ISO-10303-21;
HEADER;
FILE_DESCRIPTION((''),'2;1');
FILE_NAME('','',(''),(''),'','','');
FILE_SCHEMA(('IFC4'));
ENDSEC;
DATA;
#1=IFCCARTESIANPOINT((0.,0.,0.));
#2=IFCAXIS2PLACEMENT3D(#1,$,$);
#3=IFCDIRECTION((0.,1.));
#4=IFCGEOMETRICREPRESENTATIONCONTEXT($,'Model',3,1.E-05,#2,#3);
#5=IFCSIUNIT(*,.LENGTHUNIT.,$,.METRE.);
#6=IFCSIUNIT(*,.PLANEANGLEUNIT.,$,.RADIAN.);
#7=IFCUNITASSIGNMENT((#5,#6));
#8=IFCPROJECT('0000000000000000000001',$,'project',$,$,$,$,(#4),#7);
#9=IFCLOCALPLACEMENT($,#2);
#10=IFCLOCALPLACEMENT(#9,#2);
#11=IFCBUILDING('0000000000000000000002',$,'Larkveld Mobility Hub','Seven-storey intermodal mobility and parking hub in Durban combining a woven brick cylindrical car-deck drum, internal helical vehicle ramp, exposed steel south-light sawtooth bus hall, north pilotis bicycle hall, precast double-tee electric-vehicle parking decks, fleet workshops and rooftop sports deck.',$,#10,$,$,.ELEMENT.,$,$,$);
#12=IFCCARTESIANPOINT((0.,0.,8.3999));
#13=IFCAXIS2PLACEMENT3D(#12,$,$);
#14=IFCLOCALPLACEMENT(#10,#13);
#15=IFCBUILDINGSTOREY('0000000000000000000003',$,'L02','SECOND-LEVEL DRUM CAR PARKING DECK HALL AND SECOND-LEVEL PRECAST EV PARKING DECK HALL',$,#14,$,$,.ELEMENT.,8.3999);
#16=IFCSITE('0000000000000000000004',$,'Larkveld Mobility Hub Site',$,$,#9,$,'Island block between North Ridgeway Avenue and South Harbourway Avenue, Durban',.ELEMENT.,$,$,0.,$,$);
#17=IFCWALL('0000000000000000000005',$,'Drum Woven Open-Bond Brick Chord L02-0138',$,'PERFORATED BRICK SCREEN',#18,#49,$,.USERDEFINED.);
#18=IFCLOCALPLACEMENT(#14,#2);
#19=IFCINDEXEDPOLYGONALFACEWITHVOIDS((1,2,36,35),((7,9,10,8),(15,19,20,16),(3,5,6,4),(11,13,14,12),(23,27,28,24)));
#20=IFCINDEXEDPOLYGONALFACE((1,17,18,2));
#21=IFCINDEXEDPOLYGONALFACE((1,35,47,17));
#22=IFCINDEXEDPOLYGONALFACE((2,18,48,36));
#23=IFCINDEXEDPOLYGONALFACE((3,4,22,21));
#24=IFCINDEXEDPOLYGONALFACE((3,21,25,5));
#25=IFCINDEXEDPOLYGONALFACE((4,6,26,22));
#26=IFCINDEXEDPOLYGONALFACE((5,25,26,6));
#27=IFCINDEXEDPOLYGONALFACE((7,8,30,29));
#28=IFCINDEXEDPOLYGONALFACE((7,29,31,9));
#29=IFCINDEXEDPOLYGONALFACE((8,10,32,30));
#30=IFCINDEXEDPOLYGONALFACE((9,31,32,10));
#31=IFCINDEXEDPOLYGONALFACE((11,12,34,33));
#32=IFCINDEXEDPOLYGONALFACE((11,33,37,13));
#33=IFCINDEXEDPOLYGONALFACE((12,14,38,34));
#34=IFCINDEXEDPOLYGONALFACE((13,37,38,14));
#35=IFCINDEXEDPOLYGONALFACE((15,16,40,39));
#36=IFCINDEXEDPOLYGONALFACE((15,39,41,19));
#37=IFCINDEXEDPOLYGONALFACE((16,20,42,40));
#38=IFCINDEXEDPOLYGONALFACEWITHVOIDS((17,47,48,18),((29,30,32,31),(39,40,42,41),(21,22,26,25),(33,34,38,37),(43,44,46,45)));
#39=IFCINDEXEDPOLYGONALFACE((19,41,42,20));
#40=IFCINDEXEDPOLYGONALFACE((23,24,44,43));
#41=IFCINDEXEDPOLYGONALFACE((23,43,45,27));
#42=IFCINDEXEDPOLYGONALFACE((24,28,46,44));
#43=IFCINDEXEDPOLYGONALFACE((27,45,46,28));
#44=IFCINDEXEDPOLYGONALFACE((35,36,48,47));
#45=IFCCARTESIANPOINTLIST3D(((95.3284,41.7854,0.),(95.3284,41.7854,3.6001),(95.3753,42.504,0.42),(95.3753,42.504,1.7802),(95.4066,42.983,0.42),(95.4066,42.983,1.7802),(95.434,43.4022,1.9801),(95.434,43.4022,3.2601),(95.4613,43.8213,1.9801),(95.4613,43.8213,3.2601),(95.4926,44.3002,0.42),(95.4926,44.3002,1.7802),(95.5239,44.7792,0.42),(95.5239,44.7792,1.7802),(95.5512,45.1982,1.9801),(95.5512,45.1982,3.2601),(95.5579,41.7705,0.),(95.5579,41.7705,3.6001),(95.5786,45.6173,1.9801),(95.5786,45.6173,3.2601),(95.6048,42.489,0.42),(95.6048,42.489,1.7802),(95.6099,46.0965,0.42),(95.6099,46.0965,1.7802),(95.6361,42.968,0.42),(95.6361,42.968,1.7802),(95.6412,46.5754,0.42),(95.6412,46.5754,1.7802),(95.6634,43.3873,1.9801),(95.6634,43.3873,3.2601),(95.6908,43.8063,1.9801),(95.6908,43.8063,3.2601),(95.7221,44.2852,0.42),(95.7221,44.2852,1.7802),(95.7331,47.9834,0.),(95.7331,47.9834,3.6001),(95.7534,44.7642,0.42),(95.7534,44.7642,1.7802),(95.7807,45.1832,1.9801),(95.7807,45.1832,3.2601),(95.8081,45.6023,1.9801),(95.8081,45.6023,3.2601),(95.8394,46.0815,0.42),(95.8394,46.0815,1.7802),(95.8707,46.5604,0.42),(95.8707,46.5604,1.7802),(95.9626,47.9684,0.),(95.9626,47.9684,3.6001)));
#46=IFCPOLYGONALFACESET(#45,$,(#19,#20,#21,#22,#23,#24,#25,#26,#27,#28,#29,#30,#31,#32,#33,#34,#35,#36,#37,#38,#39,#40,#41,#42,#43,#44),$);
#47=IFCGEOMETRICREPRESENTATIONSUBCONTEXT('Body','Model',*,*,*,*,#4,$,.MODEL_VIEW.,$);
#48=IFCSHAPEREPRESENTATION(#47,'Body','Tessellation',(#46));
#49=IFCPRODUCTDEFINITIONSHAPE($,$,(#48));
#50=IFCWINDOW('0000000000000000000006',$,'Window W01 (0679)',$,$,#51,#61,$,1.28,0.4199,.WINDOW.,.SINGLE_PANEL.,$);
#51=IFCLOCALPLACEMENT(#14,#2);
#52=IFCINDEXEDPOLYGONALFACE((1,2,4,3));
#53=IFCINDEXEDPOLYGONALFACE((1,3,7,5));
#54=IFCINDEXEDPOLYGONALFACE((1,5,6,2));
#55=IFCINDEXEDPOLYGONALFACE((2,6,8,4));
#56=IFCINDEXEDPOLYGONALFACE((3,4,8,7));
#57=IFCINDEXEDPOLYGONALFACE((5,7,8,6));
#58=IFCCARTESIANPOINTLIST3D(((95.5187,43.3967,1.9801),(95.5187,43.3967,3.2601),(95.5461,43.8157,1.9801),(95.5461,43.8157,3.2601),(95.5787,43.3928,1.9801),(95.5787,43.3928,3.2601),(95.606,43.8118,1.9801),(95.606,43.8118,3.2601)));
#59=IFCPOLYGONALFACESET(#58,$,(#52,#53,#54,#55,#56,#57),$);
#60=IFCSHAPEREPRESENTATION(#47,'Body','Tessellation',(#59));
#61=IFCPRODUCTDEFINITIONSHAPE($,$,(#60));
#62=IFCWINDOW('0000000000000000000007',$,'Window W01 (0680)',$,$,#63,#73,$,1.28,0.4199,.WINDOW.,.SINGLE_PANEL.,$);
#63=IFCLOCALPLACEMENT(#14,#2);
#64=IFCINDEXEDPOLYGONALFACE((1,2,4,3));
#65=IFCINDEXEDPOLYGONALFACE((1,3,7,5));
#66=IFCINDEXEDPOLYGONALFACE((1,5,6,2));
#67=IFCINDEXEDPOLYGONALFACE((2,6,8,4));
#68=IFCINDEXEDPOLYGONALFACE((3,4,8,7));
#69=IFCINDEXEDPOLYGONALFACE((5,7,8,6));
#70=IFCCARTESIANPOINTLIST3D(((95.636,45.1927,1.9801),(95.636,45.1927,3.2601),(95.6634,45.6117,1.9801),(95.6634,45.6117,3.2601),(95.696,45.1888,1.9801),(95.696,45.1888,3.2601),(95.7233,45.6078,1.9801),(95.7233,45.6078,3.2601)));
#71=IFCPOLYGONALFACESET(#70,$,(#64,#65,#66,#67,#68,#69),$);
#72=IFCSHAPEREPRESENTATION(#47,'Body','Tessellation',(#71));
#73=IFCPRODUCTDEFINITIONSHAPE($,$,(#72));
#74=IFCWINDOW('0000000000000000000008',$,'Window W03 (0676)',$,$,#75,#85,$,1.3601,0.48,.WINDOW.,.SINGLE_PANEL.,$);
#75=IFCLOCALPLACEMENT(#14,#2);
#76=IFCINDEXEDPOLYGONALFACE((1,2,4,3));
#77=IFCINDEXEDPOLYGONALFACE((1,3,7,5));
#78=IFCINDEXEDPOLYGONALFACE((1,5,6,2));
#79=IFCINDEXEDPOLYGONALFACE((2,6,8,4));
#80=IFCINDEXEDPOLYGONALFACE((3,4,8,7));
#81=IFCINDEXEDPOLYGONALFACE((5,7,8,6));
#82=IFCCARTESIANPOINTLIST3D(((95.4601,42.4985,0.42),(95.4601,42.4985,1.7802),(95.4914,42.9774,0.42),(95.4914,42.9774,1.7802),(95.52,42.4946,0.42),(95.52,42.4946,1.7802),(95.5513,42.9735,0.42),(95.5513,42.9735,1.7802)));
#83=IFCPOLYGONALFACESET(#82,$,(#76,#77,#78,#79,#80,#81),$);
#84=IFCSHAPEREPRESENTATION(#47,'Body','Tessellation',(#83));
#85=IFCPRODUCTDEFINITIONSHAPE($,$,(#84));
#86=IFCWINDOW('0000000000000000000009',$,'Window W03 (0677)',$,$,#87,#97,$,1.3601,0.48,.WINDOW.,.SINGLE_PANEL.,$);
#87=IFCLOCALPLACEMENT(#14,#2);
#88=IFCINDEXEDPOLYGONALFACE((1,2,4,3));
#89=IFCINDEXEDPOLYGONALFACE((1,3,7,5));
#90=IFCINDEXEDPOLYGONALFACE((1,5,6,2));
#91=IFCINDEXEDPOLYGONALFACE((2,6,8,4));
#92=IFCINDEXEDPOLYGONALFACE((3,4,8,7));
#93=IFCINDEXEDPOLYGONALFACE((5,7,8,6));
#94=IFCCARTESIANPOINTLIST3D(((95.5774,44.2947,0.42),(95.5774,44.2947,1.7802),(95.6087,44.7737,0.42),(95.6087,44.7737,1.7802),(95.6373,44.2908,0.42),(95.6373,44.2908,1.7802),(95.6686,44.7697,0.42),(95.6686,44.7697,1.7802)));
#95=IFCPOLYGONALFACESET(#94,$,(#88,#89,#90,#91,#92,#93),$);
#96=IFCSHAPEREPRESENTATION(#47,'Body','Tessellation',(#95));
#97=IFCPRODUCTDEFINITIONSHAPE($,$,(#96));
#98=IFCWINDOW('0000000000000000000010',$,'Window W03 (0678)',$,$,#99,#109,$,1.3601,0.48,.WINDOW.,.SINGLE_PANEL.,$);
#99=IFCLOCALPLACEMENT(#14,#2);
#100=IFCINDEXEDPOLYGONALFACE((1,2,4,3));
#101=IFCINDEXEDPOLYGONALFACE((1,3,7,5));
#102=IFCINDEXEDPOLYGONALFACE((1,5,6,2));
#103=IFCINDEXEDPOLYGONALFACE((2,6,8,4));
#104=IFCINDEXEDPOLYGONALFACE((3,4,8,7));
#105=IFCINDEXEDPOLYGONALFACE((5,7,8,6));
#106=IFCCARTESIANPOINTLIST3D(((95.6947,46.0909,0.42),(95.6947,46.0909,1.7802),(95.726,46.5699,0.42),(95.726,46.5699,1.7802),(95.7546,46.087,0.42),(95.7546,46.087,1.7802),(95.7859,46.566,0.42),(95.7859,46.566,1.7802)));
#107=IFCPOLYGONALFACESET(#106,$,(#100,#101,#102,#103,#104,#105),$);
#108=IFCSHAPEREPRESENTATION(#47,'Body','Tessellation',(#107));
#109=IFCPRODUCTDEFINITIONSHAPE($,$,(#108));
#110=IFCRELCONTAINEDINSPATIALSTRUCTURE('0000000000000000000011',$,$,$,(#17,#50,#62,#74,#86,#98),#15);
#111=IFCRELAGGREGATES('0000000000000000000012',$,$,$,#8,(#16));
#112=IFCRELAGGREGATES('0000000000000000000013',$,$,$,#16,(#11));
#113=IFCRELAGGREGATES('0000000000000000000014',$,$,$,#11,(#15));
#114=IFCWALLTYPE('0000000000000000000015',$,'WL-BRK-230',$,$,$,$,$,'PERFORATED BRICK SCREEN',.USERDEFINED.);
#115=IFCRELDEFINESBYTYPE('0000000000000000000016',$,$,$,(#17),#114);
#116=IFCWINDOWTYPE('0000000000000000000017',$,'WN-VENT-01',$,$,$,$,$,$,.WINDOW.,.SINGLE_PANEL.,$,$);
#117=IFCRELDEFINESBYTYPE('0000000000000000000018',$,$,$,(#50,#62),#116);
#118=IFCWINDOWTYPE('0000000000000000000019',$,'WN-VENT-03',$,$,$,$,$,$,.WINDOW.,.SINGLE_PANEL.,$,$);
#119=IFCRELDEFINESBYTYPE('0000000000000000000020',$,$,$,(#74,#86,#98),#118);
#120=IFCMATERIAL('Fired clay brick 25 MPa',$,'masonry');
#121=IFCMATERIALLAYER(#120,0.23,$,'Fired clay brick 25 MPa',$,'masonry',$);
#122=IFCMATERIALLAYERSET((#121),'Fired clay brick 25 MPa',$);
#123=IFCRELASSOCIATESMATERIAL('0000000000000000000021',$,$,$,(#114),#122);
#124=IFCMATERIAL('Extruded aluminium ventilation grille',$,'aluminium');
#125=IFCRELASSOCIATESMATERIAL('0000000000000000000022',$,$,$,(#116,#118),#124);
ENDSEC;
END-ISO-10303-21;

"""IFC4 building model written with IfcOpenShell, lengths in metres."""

from ifc_helpers import new_model, si_unit, direction, frame, frame_2d, origin, place, context, subcontext, project, spatial, rectangle, extrude, material, layer, layer_set, type_object, element, fill, save


model = new_model("IFC4")

# Units and contexts
model_context = context("Model", 3, precision=1e-05, world=origin(), true_north=direction((0.0, 1.0)))
body_context = subcontext(model_context, "Body", "Model", "MODEL_VIEW")
ifc_project = project(units=[si_unit("LENGTHUNIT", "METRE"), si_unit("PLANEANGLEUNIT", "RADIAN")], contexts=[model_context])

# Site, building, storey
site_placement = place(None, origin())
site = spatial("IfcSite", under=ifc_project, at=site_placement, Name="Larkveld Mobility Hub Site", LongName="Island block between North Ridgeway Avenue and South Harbourway Avenue, Durban", CompositionType="ELEMENT", RefElevation=0.0)
building_placement = place(site_placement, origin())
building = spatial("IfcBuilding", under=site, at=building_placement, Name="Larkveld Mobility Hub", Description="Seven-storey intermodal mobility and parking hub in Durban combining a woven brick cylindrical car-deck drum, internal helical vehicle ramp, exposed steel south-light sawtooth bus hall, north pilotis bicycle hall, precast double-tee electric-vehicle parking decks, fleet workshops and rooftop sports deck.", CompositionType="ELEMENT")
storey_placement = place(building_placement, frame((0.0, 0.0, 8.3999)))
storey = spatial("IfcBuildingStorey", under=building, at=storey_placement, Name="L02", Description="SECOND-LEVEL DRUM CAR PARKING DECK HALL AND SECOND-LEVEL PRECAST EV PARKING DECK HALL", CompositionType="ELEMENT", Elevation=8.3999)

# Wall, openings, windows
ifc_material_1 = material(Name="Fired clay brick 25 MPa", Category="masonry")
ifc_layer_1 = layer(ifc_material_1, 0.23, Name="Fired clay brick 25 MPa", Category="masonry")
ifc_layer_set_1 = layer_set([ifc_layer_1], Name="Fired clay brick 25 MPa")
wall_type_1 = type_object("IfcWallType", Name="WL-BRK-230", ElementType="PERFORATED BRICK SCREEN", PredefinedType="USERDEFINED", material=ifc_layer_set_1)
wall_1_placement = place(storey_placement, frame((95.4431, 41.7781, 0.0), z_axis=(0.0, 0.0, 1.0), x_axis=(0.06517, 0.997874, 0.0)))
wall_1 = element("IfcWall", 1, at=wall_1_placement, inside=storey, type_object=wall_type_1, Name="Drum Woven Open-Bond Brick Chord L02-0138", ObjectType="PERFORATED BRICK SCREEN", PredefinedType="USERDEFINED", context=body_context, shape_type="SweptSolid", body=[
    extrude(rectangle(XDim=6.2112, YDim=0.23, at=frame_2d((3.1055, 0.0))), origin(), (0.0, 0.0, 1.0), 3.6001),
])
opening_1_placement = place(wall_1_placement, frame((0.72, 0.0, 0.4199)))
opening_1 = element("IfcOpeningElement", 2, at=opening_1_placement, cuts=wall_1, PredefinedType="OPENING", context=body_context, shape_type="SweptSolid", body=[
    extrude(rectangle(XDim=0.48, YDim=1.3601, at=frame_2d((0.24, 0.6802))), frame((0.0, 0.125, 0.0), z_axis=(0.0, -1.0, 0.0), x_axis=(1.0, 0.0, 0.0)), (0.0, 0.0, 1.0), 0.25),
])
opening_2_placement = place(wall_1_placement, frame((2.52, 0.0, 0.4199)))
opening_2 = element("IfcOpeningElement", 3, at=opening_2_placement, cuts=wall_1, PredefinedType="OPENING", context=body_context, shape_type="SweptSolid", body=[
    extrude(rectangle(XDim=0.48, YDim=1.3601, at=frame_2d((0.24, 0.6802))), frame((0.0, 0.125, 0.0), z_axis=(0.0, -1.0, 0.0), x_axis=(1.0, 0.0, 0.0)), (0.0, 0.0, 1.0), 0.25),
])
opening_3_placement = place(wall_1_placement, frame((4.3201, 0.0, 0.4199)))
opening_3 = element("IfcOpeningElement", 4, at=opening_3_placement, cuts=wall_1, PredefinedType="OPENING", context=body_context, shape_type="SweptSolid", body=[
    extrude(rectangle(XDim=0.48, YDim=1.3601, at=frame_2d((0.24, 0.6802))), frame((0.0, 0.125, 0.0), z_axis=(0.0, -1.0, 0.0), x_axis=(1.0, 0.0, 0.0)), (0.0, 0.0, 1.0), 0.25),
])
opening_4_placement = place(wall_1_placement, frame((1.6201, 0.0, 1.98)))
opening_4 = element("IfcOpeningElement", 5, at=opening_4_placement, cuts=wall_1, PredefinedType="OPENING", context=body_context, shape_type="SweptSolid", body=[
    extrude(rectangle(XDim=0.4199, YDim=1.28, at=frame_2d((0.21, 0.6401))), frame((0.0, 0.125, 0.0), z_axis=(0.0, -1.0, 0.0), x_axis=(1.0, 0.0, 0.0)), (0.0, 0.0, 1.0), 0.25),
])
opening_5_placement = place(wall_1_placement, frame((3.4199, 0.0, 1.98)))
opening_5 = element("IfcOpeningElement", 6, at=opening_5_placement, cuts=wall_1, PredefinedType="OPENING", context=body_context, shape_type="SweptSolid", body=[
    extrude(rectangle(XDim=0.4199, YDim=1.28, at=frame_2d((0.21, 0.6401))), frame((0.0, 0.125, 0.0), z_axis=(0.0, -1.0, 0.0), x_axis=(1.0, 0.0, 0.0)), (0.0, 0.0, 1.0), 0.25),
])
ifc_material_2 = material(Name="Extruded aluminium ventilation grille", Category="aluminium")
window_type_1 = type_object("IfcWindowType", Name="WN-VENT-01", PartitioningType="SINGLE_PANEL", PredefinedType="WINDOW", material=ifc_material_2)
window_1_placement = place(opening_4_placement, origin())
window_1 = element("IfcWindow", 7, at=window_1_placement, inside=storey, type_object=window_type_1, Name="Window W01 (0679)", OverallHeight=1.28, OverallWidth=0.4199, PartitioningType="SINGLE_PANEL", PredefinedType="WINDOW", context=body_context, shape_type="SweptSolid", body=[
    extrude(rectangle(XDim=0.4199, YDim=1.28, at=frame_2d((0.21, 0.6401))), frame((0.0, 0.03, 0.0), z_axis=(0.0, -1.0, 0.0), x_axis=(1.0, 0.0, 0.0)), (0.0, 0.0, 1.0), 0.0601),
])
fill(opening_4, window_1)
window_2_placement = place(opening_5_placement, origin())
window_2 = element("IfcWindow", 8, at=window_2_placement, inside=storey, type_object=window_type_1, Name="Window W01 (0680)", OverallHeight=1.28, OverallWidth=0.4199, PartitioningType="SINGLE_PANEL", PredefinedType="WINDOW", context=body_context, shape_type="SweptSolid", body=[
    extrude(rectangle(XDim=0.4199, YDim=1.28, at=frame_2d((0.21, 0.6401))), frame((0.0, 0.03, 0.0), z_axis=(0.0, -1.0, 0.0), x_axis=(1.0, 0.0, 0.0)), (0.0, 0.0, 1.0), 0.0601),
])
fill(opening_5, window_2)
window_type_2 = type_object("IfcWindowType", Name="WN-VENT-03", PartitioningType="SINGLE_PANEL", PredefinedType="WINDOW", material=ifc_material_2)
window_3_placement = place(opening_1_placement, origin())
window_3 = element("IfcWindow", 9, at=window_3_placement, inside=storey, type_object=window_type_2, Name="Window W03 (0676)", OverallHeight=1.3601, OverallWidth=0.48, PartitioningType="SINGLE_PANEL", PredefinedType="WINDOW", context=body_context, shape_type="SweptSolid", body=[
    extrude(rectangle(XDim=0.48, YDim=1.3601, at=frame_2d((0.24, 0.6802))), frame((0.0, 0.03, 0.0), z_axis=(0.0, -1.0, 0.0), x_axis=(1.0, 0.0, 0.0)), (0.0, 0.0, 1.0), 0.0601),
])
fill(opening_1, window_3)
window_4_placement = place(opening_2_placement, origin())
window_4 = element("IfcWindow", 10, at=window_4_placement, inside=storey, type_object=window_type_2, Name="Window W03 (0677)", OverallHeight=1.3601, OverallWidth=0.48, PartitioningType="SINGLE_PANEL", PredefinedType="WINDOW", context=body_context, shape_type="SweptSolid", body=[
    extrude(rectangle(XDim=0.48, YDim=1.3601, at=frame_2d((0.24, 0.6802))), frame((0.0, 0.03, 0.0), z_axis=(0.0, -1.0, 0.0), x_axis=(1.0, 0.0, 0.0)), (0.0, 0.0, 1.0), 0.0601),
])
fill(opening_2, window_4)
window_5_placement = place(opening_3_placement, origin())
window_5 = element("IfcWindow", 11, at=window_5_placement, inside=storey, type_object=window_type_2, Name="Window W03 (0678)", OverallHeight=1.3601, OverallWidth=0.48, PartitioningType="SINGLE_PANEL", PredefinedType="WINDOW", context=body_context, shape_type="SweptSolid", body=[
    extrude(rectangle(XDim=0.48, YDim=1.3601, at=frame_2d((0.24, 0.6802))), frame((0.0, 0.03, 0.0), z_axis=(0.0, -1.0, 0.0), x_axis=(1.0, 0.0, 0.0)), (0.0, 0.0, 1.0), 0.0601),
])
fill(opening_3, window_5)

save(model, "model.ifc")
